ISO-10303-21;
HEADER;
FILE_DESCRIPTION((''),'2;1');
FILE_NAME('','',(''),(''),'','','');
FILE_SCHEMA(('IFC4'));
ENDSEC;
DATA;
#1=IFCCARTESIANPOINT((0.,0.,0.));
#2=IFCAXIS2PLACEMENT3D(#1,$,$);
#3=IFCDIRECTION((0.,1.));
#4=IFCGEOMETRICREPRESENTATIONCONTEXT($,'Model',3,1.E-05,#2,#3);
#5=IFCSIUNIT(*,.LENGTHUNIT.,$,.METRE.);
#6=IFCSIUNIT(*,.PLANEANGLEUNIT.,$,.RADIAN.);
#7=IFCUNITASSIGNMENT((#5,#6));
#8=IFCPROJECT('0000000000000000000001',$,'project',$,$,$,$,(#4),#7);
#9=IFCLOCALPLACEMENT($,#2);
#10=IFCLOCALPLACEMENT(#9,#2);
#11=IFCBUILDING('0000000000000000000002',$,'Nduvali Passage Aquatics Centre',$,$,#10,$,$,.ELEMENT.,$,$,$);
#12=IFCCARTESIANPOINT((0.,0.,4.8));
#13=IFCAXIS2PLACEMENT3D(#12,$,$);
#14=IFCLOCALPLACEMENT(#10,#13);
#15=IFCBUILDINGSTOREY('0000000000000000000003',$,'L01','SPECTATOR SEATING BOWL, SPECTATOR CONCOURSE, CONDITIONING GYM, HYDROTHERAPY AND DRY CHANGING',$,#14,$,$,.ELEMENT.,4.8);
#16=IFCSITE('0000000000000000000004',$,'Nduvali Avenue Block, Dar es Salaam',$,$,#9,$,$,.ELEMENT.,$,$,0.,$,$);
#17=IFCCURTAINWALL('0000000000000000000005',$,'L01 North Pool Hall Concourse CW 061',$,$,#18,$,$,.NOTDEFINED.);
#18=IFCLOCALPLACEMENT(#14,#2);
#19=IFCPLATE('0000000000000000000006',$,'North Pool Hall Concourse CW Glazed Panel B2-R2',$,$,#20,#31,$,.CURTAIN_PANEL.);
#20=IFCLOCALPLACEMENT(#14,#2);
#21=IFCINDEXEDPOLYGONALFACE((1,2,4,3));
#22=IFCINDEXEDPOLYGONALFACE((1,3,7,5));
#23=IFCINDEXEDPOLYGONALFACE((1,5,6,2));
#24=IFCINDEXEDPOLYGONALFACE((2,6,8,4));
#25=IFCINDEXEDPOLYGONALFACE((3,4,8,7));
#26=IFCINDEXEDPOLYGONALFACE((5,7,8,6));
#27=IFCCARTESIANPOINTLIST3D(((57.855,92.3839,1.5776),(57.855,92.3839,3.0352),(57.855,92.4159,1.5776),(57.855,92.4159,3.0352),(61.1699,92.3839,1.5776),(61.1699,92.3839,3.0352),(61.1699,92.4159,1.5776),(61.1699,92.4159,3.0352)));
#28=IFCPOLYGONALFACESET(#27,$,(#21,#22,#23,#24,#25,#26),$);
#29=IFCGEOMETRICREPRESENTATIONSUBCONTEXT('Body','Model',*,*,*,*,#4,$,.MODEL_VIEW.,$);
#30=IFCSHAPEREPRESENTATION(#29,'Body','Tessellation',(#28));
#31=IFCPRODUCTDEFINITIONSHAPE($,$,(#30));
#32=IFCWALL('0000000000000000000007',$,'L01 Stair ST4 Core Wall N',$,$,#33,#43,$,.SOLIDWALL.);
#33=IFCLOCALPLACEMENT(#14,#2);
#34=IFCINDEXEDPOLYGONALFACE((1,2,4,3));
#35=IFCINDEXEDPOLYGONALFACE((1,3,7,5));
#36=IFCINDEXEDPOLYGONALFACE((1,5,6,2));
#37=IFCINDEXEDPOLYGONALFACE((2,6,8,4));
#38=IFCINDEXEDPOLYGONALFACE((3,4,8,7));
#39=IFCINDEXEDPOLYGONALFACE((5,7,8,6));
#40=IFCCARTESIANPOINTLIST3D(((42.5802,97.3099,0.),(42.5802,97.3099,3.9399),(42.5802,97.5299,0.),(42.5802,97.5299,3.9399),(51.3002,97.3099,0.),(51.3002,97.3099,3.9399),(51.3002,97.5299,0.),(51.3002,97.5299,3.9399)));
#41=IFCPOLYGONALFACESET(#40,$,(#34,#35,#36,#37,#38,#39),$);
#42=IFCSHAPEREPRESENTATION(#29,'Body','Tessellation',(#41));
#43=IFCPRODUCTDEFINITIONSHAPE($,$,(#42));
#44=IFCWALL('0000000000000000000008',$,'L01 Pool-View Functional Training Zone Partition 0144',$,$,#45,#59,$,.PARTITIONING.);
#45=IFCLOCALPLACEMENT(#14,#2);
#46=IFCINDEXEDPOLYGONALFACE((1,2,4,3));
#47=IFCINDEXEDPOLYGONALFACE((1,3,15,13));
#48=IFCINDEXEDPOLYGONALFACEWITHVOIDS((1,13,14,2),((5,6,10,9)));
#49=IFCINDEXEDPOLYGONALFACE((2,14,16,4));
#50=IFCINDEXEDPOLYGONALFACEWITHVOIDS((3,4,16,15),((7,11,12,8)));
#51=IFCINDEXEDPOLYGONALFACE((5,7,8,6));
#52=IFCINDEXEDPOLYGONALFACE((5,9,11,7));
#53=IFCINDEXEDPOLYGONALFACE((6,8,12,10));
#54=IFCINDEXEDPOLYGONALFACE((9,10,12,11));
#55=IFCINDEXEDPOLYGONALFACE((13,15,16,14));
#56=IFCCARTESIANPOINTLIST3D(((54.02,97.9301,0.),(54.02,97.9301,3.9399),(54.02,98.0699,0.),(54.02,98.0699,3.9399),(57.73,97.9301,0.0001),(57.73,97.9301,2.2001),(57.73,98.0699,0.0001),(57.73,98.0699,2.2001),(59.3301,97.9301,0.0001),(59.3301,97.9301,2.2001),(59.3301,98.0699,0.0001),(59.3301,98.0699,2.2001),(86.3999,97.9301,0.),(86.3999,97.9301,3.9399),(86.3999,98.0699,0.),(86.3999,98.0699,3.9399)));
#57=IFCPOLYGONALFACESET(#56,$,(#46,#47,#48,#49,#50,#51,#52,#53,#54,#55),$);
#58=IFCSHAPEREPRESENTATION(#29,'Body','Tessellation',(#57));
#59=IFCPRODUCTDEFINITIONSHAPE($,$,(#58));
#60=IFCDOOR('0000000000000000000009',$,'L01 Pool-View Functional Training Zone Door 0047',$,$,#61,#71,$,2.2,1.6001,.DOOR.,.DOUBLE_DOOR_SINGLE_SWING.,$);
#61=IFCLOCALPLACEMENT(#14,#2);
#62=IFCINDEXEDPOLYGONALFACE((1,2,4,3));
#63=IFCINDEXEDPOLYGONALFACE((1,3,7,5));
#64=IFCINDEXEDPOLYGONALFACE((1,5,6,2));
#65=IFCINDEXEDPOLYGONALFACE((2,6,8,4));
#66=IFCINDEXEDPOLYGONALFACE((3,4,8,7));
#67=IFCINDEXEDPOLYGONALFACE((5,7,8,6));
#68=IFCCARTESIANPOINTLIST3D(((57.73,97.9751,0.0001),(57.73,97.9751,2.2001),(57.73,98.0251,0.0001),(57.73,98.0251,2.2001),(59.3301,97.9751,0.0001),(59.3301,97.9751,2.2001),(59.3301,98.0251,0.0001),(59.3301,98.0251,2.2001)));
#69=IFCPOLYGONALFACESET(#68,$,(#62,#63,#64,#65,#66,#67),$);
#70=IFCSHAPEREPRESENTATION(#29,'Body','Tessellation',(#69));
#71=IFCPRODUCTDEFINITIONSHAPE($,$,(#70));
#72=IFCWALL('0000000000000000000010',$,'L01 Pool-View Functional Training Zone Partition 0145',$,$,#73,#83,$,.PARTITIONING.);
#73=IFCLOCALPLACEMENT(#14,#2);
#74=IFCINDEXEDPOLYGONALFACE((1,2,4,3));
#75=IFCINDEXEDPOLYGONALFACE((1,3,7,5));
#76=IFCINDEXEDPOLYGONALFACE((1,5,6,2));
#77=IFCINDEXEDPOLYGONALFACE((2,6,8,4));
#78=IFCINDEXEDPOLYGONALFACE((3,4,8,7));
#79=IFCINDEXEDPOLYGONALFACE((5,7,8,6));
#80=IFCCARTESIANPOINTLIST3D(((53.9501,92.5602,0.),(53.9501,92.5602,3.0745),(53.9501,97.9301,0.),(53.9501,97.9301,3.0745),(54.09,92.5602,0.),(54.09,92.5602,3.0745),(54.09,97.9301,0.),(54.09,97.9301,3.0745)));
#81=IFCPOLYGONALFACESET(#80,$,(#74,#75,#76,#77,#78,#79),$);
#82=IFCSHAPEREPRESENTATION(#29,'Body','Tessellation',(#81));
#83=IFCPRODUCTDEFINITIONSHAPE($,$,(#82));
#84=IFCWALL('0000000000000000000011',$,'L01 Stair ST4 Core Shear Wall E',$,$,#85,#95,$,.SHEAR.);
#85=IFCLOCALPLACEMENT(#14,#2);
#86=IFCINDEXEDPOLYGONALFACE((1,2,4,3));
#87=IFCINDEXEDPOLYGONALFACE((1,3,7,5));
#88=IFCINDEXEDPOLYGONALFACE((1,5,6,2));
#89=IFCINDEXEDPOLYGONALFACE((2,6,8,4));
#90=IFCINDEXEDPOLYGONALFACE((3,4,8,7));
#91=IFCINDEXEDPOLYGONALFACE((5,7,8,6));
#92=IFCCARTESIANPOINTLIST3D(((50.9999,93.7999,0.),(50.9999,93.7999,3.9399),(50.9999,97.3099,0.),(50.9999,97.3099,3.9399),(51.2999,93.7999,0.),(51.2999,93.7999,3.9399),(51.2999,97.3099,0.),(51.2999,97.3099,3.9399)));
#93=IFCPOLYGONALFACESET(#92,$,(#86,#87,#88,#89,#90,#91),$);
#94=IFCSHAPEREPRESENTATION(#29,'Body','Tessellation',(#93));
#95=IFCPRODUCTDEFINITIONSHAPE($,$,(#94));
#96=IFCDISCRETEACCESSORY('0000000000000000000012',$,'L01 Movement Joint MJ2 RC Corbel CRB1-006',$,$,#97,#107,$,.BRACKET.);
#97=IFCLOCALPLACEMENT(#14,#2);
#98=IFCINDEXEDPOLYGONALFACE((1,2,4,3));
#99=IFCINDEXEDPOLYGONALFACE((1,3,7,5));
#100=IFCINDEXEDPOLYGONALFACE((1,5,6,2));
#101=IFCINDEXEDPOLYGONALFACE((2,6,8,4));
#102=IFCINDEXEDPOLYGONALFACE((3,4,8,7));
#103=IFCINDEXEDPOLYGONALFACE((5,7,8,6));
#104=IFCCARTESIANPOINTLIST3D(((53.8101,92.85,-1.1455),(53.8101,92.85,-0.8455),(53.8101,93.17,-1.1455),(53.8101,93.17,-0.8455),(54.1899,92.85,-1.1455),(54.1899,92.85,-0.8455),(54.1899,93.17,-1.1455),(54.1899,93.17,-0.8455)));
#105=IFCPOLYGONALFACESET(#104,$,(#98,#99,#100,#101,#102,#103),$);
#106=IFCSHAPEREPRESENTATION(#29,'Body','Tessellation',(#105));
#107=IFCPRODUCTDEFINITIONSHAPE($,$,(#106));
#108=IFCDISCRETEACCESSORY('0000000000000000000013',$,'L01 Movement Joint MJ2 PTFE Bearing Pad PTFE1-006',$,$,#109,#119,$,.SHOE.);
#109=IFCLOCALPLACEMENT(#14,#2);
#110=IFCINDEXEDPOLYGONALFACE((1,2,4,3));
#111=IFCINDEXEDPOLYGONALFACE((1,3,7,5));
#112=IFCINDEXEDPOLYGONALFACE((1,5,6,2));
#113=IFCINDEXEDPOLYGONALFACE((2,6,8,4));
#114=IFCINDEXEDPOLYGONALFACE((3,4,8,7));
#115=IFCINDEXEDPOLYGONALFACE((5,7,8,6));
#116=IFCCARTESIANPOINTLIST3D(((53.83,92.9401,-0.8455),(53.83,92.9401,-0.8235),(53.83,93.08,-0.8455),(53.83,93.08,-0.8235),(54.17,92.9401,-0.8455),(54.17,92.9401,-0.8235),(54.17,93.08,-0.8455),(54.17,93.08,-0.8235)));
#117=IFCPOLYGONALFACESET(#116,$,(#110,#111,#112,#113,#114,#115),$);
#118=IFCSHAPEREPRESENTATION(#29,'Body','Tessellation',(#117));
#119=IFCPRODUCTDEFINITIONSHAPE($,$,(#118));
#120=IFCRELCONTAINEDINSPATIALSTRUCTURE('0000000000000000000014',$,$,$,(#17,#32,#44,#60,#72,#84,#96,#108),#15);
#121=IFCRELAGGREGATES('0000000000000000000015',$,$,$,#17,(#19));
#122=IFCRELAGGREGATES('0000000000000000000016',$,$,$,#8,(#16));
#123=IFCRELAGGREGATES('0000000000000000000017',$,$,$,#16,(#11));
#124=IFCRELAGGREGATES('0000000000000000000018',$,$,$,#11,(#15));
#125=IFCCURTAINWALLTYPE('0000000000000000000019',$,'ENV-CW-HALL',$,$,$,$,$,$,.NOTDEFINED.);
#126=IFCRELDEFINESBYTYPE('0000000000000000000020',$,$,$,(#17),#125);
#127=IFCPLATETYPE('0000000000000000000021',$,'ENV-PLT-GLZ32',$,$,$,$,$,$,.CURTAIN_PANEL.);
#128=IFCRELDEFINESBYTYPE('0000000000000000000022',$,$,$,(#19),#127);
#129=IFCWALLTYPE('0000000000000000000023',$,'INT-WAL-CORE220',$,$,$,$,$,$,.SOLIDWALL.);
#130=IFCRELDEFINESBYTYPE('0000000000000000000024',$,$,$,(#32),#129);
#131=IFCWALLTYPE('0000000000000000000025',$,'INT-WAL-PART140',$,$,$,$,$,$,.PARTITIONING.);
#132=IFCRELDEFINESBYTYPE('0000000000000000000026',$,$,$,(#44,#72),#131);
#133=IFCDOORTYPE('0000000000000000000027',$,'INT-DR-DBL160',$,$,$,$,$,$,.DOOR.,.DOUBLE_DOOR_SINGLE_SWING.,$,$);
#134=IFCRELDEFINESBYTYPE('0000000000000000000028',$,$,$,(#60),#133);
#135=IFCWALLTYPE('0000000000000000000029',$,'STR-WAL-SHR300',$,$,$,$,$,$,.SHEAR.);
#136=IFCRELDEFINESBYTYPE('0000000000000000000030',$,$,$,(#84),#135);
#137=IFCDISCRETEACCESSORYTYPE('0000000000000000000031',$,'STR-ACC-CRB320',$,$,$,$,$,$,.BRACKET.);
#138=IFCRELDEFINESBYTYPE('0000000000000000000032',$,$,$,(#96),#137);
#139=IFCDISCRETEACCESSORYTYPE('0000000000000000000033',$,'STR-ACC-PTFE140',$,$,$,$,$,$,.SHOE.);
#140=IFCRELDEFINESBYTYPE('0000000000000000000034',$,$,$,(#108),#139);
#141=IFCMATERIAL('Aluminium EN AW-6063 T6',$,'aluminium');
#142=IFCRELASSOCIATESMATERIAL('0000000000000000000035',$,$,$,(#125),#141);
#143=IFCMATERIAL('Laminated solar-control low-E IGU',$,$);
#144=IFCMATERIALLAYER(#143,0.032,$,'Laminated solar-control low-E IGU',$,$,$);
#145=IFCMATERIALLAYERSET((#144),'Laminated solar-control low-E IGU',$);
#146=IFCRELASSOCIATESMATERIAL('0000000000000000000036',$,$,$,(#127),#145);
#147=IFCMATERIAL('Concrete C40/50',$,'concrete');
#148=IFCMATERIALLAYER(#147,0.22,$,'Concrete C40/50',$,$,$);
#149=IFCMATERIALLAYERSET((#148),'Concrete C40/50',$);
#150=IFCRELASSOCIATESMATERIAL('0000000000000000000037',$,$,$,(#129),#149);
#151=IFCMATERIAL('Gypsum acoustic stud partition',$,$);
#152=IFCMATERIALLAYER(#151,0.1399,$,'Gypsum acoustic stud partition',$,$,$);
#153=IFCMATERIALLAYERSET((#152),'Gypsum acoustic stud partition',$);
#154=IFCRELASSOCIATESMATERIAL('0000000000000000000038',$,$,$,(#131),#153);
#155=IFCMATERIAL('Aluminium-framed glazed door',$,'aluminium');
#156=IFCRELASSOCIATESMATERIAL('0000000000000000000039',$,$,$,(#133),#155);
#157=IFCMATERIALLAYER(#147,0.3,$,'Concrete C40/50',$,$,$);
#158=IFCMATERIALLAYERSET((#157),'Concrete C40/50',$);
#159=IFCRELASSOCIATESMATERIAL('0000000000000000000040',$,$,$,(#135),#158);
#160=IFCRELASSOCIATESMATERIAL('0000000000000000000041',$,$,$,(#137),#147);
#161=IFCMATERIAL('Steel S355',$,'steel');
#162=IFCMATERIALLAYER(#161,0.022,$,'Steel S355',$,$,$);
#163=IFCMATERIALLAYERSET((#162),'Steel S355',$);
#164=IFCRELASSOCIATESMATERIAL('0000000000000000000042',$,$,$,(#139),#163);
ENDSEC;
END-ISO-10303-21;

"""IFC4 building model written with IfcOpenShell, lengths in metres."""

from ifc_helpers import new_model, si_unit, direction, frame, frame_2d, origin, origin_2d, place, context, subcontext, project, spatial, rectangle, extrude, material, layer, layer_set, type_object, element, fill, aggregate, save


model = new_model("IFC4")

# Units and contexts
model_context = context("Model", 3, precision=1e-05, world=origin(), true_north=direction((0.0, 1.0)))
body_context = subcontext(model_context, "Body", "Model", "MODEL_VIEW")
ifc_project = project(units=[si_unit("LENGTHUNIT", "METRE"), si_unit("PLANEANGLEUNIT", "RADIAN")], contexts=[model_context])

# Site, building, storey
site_placement = place(None, origin())
site = spatial("IfcSite", under=ifc_project, at=site_placement, Name="Nduvali Avenue Block, Dar es Salaam", CompositionType="ELEMENT", RefElevation=0.0)
building_placement = place(site_placement, origin())
building = spatial("IfcBuilding", under=site, at=building_placement, Name="Nduvali Passage Aquatics Centre", CompositionType="ELEMENT")
storey_placement = place(building_placement, frame((0.0, 0.0, 4.8)))
storey = spatial("IfcBuildingStorey", under=building, at=storey_placement, Name="L01", Description="SPECTATOR SEATING BOWL, SPECTATOR CONCOURSE, CONDITIONING GYM, HYDROTHERAPY AND DRY CHANGING", CompositionType="ELEMENT", Elevation=4.8)

# Shared definitions
ifc_material_1 = material(Name="Steel S355", Category="steel")

# Curtain wall
ifc_material_2 = material(Name="Aluminium EN AW-6063 T6", Category="aluminium")
curtain_wall_type = type_object("IfcCurtainWallType", Name="ENV-CW-HALL", PredefinedType="NOTDEFINED", material=ifc_material_2)
curtain_wall_placement = place(storey_placement, origin())
curtain_wall = element("IfcCurtainWall", 1, at=curtain_wall_placement, inside=storey, type_object=curtain_wall_type, Name="L01 North Pool Hall Concourse CW 061", PredefinedType="NOTDEFINED")

# Plate
ifc_material_3 = material(Name="Laminated solar-control low-E IGU")
ifc_layer_1 = layer(ifc_material_3, 0.032, Name="Laminated solar-control low-E IGU")
ifc_layer_set_1 = layer_set([ifc_layer_1], Name="Laminated solar-control low-E IGU")
plate_type = type_object("IfcPlateType", Name="ENV-PLT-GLZ32", PredefinedType="CURTAIN_PANEL", material=ifc_layer_set_1)
plate_1_placement = place(storey_placement, frame((59.5125, 92.3999, 1.5776), z_axis=(0.0, 0.0, 1.0), x_axis=(1.0, 0.0, 0.0)))
plate_1 = element("IfcPlate", 2, at=plate_1_placement, type_object=plate_type, Name="North Pool Hall Concourse CW Glazed Panel B2-R2", PredefinedType="CURTAIN_PANEL", context=body_context, shape_type="SweptSolid", body=[
    extrude(rectangle(XDim=3.3149, YDim=0.032, at=origin_2d()), origin(), (0.0, 0.0, 1.0), 1.4575),
])
aggregate(curtain_wall, [plate_1])

# Wall
ifc_material_4 = material(Name="Concrete C40/50", Category="concrete")
ifc_layer_2 = layer(ifc_material_4, 0.22, Name="Concrete C40/50")
ifc_layer_set_2 = layer_set([ifc_layer_2], Name="Concrete C40/50")
wall_type_1 = type_object("IfcWallType", Name="INT-WAL-CORE220", PredefinedType="SOLIDWALL", material=ifc_layer_set_2)
wall_1_placement = place(storey_placement, frame((51.3, 97.4199, 0.0), z_axis=(0.0, 0.0, 1.0), x_axis=(-1.0, 0.0, 0.0)))
element("IfcWall", 3, at=wall_1_placement, inside=storey, type_object=wall_type_1, Name="L01 Stair ST4 Core Wall N", PredefinedType="SOLIDWALL", context=body_context, shape_type="SweptSolid", body=[
    extrude(rectangle(XDim=8.72, YDim=0.22, at=frame_2d((4.3599, 0.0))), origin(), (0.0, 0.0, 1.0), 3.9399),
])

# Wall, opening, door
ifc_material_5 = material(Name="Gypsum acoustic stud partition")
ifc_layer_3 = layer(ifc_material_5, 0.1399, Name="Gypsum acoustic stud partition")
ifc_layer_set_3 = layer_set([ifc_layer_3], Name="Gypsum acoustic stud partition")
wall_type_2 = type_object("IfcWallType", Name="INT-WAL-PART140", PredefinedType="PARTITIONING", material=ifc_layer_set_3)
wall_2_placement = place(storey_placement, frame((54.02, 98.0, 0.0), z_axis=(0.0, 0.0, 1.0), x_axis=(1.0, 0.0, 0.0)))
wall_2 = element("IfcWall", 4, at=wall_2_placement, inside=storey, type_object=wall_type_2, Name="L01 Pool-View Functional Training Zone Partition 0144", PredefinedType="PARTITIONING", context=body_context, shape_type="SweptSolid", body=[
    extrude(rectangle(XDim=32.3799, YDim=0.1399, at=frame_2d((16.1899, 0.0))), origin(), (0.0, 0.0, 1.0), 3.9399),
])
opening_placement = place(wall_2_placement, frame((3.71, 0.0, 0.0)))
opening = element("IfcOpeningElement", 5, at=opening_placement, cuts=wall_2, PredefinedType="OPENING", context=body_context, shape_type="SweptSolid", body=[
    extrude(rectangle(XDim=1.6001, YDim=2.2, at=frame_2d((0.8, 1.1001))), frame((0.0, 0.085, 0.0), z_axis=(0.0, -1.0, 0.0), x_axis=(1.0, 0.0, 0.0)), (0.0, 0.0, 1.0), 0.1697),
])
ifc_material_6 = material(Name="Aluminium-framed glazed door", Category="aluminium")
door_type = type_object("IfcDoorType", Name="INT-DR-DBL160", OperationType="DOUBLE_DOOR_SINGLE_SWING", PredefinedType="DOOR", material=ifc_material_6)
door_placement = place(opening_placement, frame((1.6001, 0.0, 0.0), z_axis=(0.0, 0.0, 1.0), x_axis=(-1.0, 0.0, 0.0)))
door = element("IfcDoor", 6, at=door_placement, inside=storey, type_object=door_type, Name="L01 Pool-View Functional Training Zone Door 0047", OperationType="DOUBLE_DOOR_SINGLE_SWING", OverallHeight=2.2, OverallWidth=1.6001, PredefinedType="DOOR", context=body_context, shape_type="SweptSolid", body=[
    extrude(rectangle(XDim=1.6001, YDim=2.2, at=frame_2d((0.8, 1.1001))), frame((0.0, 0.0249, 0.0), z_axis=(0.0, -1.0, 0.0), x_axis=(1.0, 0.0, 0.0)), (0.0, 0.0, 1.0), 0.05),
])
fill(opening, door)

# Walls
wall_3_placement = place(storey_placement, frame((54.02, 92.5601, 0.0), z_axis=(0.0, 0.0, 1.0), x_axis=(0.0, 1.0, 0.0)))
element("IfcWall", 7, at=wall_3_placement, inside=storey, type_object=wall_type_2, Name="L01 Pool-View Functional Training Zone Partition 0145", PredefinedType="PARTITIONING", context=body_context, shape_type="SweptSolid", body=[
    extrude(rectangle(XDim=5.3699, YDim=0.1399, at=frame_2d((2.6851, 0.0))), origin(), (0.0, 0.0, 1.0), 3.0745),
])
ifc_layer_4 = layer(ifc_material_4, 0.3, Name="Concrete C40/50")
ifc_layer_set_4 = layer_set([ifc_layer_4], Name="Concrete C40/50")
wall_type_3 = type_object("IfcWallType", Name="STR-WAL-SHR300", PredefinedType="SHEAR", material=ifc_layer_set_4)
wall_4_placement = place(storey_placement, frame((51.1499, 93.8, 0.0), z_axis=(0.0, 0.0, 1.0), x_axis=(0.0, 1.0, 0.0)))
element("IfcWall", 8, at=wall_4_placement, inside=storey, type_object=wall_type_3, Name="L01 Stair ST4 Core Shear Wall E", PredefinedType="SHEAR", context=body_context, shape_type="SweptSolid", body=[
    extrude(rectangle(XDim=3.51, YDim=0.3, at=frame_2d((1.7549, 0.0))), origin(), (0.0, 0.0, 1.0), 3.9399),
])

# Discrete accessories
discrete_accessory_type_1 = type_object("IfcDiscreteAccessoryType", Name="STR-ACC-CRB320", PredefinedType="BRACKET", material=ifc_material_4)
discrete_accessory_1_placement = place(storey_placement, frame((54.0, 93.01, -1.1455), z_axis=(0.0, 0.0, 1.0), x_axis=(0.0, 1.0, 0.0)))
element("IfcDiscreteAccessory", 9, at=discrete_accessory_1_placement, inside=storey, type_object=discrete_accessory_type_1, Name="L01 Movement Joint MJ2 RC Corbel CRB1-006", PredefinedType="BRACKET", context=body_context, shape_type="SweptSolid", body=[
    extrude(rectangle(XDim=0.3201, YDim=0.3799, at=origin_2d()), origin(), (0.0, 0.0, 1.0), 0.3),
])
ifc_layer_5 = layer(ifc_material_1, 0.022, Name="Steel S355")
ifc_layer_set_5 = layer_set([ifc_layer_5], Name="Steel S355")
discrete_accessory_type_2 = type_object("IfcDiscreteAccessoryType", Name="STR-ACC-PTFE140", PredefinedType="SHOE", material=ifc_layer_set_5)
discrete_accessory_2_placement = place(storey_placement, frame((54.0, 93.01, -0.8455), z_axis=(0.0, 0.0, 1.0), x_axis=(0.0, 1.0, 0.0)))
element("IfcDiscreteAccessory", 10, at=discrete_accessory_2_placement, inside=storey, type_object=discrete_accessory_type_2, Name="L01 Movement Joint MJ2 PTFE Bearing Pad PTFE1-006", PredefinedType="SHOE", context=body_context, shape_type="SweptSolid", body=[
    extrude(rectangle(XDim=0.1399, YDim=0.3401, at=origin_2d()), origin(), (0.0, 0.0, 1.0), 0.022),
])

save(model, "model.ifc")
